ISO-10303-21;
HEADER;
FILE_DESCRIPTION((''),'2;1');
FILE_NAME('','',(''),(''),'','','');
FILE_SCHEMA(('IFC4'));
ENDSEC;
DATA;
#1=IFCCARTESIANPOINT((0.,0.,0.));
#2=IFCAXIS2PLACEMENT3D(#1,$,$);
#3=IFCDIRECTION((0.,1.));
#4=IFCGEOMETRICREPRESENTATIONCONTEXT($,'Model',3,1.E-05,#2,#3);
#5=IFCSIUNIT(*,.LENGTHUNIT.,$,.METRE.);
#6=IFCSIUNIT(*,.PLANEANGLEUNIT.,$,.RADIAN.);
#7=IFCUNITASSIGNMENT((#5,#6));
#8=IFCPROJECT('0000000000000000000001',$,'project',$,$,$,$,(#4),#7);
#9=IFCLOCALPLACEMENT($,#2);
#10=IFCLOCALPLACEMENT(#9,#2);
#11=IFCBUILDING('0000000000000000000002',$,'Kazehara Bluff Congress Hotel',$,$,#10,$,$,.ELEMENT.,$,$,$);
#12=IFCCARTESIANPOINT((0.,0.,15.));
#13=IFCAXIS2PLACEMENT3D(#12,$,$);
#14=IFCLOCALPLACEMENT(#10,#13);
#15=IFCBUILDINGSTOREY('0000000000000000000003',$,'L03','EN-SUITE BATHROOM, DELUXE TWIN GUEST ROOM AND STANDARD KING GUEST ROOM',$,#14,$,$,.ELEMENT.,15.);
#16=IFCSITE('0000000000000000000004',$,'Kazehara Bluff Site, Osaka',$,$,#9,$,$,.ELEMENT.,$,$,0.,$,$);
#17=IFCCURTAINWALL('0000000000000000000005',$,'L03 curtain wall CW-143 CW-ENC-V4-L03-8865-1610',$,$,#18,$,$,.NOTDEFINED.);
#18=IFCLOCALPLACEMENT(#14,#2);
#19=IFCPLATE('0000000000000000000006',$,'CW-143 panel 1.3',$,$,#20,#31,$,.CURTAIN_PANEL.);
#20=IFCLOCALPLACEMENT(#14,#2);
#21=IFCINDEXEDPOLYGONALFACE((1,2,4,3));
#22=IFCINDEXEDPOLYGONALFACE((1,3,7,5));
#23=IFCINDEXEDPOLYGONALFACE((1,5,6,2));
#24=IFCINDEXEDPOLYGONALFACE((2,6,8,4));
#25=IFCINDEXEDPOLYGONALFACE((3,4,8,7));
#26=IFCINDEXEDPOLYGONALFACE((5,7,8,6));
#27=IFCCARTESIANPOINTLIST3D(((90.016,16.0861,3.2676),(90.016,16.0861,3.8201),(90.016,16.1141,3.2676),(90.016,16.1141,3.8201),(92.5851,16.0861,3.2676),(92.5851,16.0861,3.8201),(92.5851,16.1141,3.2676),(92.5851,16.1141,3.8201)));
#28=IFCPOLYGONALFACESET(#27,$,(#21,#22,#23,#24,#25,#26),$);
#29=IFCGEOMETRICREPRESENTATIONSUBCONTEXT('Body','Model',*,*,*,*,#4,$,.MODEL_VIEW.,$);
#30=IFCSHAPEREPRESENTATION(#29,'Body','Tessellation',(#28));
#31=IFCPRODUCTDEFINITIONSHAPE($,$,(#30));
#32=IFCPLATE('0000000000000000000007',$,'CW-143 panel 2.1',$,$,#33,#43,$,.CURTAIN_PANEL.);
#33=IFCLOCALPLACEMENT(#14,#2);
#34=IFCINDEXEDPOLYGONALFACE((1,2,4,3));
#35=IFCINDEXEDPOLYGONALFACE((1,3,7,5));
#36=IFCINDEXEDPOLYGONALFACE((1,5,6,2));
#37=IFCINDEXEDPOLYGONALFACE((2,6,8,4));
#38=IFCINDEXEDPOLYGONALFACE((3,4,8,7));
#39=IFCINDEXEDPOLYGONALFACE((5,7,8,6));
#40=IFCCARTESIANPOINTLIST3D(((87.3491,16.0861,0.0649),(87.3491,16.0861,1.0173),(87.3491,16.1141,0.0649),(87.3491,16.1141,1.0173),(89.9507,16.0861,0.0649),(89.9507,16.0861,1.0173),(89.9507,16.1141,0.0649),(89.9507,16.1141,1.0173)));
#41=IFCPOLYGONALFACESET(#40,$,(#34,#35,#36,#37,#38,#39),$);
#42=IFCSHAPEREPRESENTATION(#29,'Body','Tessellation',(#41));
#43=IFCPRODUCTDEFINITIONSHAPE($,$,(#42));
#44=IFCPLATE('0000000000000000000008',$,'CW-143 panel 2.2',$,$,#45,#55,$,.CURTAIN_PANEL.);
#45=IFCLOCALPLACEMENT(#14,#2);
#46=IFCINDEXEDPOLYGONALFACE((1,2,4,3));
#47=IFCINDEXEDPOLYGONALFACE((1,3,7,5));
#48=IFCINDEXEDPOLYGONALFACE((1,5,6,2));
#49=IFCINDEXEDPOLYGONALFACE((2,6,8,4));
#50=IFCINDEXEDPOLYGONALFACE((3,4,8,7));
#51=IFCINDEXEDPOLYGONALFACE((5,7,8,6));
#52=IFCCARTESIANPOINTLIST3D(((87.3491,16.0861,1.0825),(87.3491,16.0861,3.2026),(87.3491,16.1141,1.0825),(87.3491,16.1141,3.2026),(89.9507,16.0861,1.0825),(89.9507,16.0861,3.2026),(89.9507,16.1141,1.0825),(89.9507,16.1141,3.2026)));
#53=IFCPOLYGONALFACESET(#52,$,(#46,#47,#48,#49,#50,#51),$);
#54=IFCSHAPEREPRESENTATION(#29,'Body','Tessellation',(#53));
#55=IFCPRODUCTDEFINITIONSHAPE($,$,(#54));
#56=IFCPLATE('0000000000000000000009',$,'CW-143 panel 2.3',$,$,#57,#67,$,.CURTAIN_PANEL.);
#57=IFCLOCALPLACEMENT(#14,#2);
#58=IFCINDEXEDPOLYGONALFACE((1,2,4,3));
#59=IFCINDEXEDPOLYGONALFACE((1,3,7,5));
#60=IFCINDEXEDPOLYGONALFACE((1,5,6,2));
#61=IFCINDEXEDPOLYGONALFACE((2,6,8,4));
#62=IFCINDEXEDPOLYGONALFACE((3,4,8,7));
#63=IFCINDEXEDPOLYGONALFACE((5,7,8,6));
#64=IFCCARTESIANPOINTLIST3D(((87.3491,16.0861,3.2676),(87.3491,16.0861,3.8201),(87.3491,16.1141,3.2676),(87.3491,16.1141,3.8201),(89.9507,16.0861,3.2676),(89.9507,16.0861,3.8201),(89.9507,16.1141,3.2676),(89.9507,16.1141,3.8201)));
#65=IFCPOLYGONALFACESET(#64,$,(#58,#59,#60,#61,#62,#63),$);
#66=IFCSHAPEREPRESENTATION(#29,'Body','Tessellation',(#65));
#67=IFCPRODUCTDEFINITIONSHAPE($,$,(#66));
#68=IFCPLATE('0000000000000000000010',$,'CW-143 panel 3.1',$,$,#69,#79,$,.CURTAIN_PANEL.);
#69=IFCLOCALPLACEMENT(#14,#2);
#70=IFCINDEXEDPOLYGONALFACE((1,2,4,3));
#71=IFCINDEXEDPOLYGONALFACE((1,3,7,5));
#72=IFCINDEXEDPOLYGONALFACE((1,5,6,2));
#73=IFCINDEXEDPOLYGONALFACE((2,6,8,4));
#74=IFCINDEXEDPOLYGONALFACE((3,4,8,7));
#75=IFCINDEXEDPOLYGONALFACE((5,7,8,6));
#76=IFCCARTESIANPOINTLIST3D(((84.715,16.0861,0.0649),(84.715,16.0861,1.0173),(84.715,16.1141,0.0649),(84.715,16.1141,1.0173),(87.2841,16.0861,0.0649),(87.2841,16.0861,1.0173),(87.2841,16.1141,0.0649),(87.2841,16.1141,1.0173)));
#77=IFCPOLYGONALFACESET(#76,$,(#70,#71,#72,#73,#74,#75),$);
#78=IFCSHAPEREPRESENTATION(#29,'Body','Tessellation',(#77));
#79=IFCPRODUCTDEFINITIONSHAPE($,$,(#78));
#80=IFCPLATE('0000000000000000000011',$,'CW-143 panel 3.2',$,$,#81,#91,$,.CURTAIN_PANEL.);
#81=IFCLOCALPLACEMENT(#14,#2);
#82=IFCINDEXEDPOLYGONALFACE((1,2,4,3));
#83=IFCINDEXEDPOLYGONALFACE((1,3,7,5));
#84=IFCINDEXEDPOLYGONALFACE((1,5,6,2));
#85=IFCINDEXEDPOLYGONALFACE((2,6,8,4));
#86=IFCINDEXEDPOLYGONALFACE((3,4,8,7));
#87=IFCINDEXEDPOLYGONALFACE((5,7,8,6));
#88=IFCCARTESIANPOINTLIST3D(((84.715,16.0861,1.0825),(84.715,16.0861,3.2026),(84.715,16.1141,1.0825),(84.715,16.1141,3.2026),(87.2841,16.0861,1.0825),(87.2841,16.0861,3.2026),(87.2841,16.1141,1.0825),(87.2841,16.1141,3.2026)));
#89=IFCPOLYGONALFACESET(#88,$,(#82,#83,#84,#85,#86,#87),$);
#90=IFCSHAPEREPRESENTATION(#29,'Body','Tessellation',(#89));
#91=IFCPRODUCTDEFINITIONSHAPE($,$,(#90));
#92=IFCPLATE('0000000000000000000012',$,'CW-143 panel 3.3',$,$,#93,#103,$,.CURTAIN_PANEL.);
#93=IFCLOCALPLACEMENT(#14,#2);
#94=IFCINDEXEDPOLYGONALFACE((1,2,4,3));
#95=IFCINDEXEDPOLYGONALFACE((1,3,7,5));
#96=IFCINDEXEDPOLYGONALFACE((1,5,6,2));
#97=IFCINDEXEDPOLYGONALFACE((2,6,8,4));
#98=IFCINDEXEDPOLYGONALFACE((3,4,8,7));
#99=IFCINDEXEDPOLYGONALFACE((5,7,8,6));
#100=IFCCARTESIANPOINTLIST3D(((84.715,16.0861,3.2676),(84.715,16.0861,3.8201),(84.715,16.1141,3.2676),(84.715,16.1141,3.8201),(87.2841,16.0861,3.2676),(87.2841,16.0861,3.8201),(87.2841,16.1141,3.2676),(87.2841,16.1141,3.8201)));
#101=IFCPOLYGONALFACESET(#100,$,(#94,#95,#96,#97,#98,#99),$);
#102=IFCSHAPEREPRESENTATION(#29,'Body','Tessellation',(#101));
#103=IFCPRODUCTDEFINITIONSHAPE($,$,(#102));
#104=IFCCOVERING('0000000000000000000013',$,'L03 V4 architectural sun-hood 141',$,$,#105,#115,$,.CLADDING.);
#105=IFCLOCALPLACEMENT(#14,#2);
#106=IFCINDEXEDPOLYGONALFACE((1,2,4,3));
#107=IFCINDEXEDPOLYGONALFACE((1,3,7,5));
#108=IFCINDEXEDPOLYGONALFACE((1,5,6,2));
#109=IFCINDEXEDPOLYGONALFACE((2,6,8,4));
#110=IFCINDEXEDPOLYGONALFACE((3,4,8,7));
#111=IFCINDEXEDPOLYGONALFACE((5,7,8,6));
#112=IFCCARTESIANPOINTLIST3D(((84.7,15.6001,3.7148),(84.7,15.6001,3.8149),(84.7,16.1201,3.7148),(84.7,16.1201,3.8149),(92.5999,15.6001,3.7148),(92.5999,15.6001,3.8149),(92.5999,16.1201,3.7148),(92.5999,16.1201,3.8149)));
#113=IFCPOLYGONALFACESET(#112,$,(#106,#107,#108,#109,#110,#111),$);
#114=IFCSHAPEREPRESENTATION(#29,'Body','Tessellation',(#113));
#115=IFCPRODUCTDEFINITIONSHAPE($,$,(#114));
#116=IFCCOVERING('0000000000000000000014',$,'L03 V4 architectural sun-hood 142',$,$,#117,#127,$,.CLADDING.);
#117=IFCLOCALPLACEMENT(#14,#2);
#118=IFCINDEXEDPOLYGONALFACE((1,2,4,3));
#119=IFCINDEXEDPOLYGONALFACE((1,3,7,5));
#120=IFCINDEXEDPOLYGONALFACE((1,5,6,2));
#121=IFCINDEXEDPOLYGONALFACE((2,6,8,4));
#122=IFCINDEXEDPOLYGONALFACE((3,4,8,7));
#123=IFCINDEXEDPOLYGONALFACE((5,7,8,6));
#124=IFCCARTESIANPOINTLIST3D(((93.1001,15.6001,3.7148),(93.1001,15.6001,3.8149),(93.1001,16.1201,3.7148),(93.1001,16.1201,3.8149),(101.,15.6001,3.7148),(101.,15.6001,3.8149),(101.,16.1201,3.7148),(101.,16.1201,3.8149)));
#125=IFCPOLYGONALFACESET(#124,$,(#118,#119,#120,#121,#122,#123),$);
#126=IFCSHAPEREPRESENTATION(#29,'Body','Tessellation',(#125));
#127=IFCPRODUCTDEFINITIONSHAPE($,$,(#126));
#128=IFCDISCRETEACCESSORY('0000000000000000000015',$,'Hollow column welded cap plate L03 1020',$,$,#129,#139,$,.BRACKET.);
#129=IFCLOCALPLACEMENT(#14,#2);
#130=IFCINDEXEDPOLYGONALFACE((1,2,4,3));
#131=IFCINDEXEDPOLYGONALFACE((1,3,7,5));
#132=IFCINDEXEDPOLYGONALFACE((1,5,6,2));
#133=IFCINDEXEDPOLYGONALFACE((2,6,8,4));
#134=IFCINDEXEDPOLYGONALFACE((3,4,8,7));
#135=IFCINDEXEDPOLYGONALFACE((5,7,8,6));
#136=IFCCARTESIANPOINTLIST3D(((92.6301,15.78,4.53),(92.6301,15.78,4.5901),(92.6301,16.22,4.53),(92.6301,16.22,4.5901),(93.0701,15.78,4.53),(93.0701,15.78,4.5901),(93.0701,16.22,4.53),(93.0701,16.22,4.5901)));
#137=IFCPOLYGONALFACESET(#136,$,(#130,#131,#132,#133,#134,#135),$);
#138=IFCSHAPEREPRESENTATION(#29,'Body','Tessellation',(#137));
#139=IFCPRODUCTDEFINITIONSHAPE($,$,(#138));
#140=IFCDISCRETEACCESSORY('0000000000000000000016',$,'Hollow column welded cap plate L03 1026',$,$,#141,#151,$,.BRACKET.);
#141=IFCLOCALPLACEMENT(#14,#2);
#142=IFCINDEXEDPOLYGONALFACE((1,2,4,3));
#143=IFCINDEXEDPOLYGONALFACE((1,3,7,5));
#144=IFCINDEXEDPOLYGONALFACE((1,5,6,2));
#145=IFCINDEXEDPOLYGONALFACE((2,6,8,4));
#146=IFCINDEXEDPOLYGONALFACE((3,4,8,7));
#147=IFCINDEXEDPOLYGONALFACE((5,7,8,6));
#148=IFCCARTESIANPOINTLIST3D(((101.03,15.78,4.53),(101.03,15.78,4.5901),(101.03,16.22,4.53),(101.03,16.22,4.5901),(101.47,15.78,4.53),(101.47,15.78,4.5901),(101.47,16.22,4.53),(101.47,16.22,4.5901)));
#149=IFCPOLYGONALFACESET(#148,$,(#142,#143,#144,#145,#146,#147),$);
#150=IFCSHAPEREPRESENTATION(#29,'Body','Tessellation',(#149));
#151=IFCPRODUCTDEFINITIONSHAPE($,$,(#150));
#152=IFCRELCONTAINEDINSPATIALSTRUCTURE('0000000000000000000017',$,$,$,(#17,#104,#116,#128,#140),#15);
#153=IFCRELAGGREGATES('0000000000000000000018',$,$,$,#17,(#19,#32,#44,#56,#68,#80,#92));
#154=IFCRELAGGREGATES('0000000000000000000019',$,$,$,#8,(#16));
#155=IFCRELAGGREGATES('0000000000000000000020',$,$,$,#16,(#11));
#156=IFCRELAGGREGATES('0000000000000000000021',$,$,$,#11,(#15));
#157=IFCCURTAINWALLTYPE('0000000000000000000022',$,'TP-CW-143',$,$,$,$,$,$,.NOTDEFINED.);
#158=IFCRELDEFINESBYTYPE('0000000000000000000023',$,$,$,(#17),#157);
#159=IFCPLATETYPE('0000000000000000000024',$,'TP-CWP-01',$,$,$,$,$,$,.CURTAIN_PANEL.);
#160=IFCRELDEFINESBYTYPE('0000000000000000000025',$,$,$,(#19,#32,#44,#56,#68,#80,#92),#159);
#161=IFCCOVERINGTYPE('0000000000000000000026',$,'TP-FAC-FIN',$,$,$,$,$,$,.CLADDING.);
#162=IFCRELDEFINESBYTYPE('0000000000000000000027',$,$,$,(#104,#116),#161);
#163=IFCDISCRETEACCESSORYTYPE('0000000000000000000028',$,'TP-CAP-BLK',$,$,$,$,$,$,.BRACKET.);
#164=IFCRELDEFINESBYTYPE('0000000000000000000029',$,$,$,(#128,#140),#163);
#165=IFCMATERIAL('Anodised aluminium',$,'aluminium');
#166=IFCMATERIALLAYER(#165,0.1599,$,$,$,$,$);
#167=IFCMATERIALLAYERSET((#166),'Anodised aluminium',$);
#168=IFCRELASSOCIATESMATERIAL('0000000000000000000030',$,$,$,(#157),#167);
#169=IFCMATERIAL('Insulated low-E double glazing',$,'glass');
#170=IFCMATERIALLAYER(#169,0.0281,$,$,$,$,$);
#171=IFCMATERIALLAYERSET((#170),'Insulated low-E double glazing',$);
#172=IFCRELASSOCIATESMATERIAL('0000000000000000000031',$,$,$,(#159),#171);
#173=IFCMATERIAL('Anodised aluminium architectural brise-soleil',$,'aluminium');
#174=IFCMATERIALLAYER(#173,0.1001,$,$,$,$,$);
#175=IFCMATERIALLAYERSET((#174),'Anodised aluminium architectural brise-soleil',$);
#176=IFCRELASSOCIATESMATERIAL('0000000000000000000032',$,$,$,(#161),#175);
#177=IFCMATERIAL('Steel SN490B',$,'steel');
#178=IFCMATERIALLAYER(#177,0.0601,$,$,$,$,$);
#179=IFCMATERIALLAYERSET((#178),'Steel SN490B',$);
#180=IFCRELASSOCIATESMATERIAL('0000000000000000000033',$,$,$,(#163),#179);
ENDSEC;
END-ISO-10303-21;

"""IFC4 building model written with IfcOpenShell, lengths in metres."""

from ifc_helpers import new_model, si_unit, direction, frame, origin, origin_2d, place, context, subcontext, project, spatial, rectangle, extrude, material, layer, layer_set, type_object, element, aggregate, save


model = new_model("IFC4")

# Units and contexts
model_context = context("Model", 3, precision=1e-05, world=origin(), true_north=direction((0.0, 1.0)))
body_context = subcontext(model_context, "Body", "Model", "MODEL_VIEW")
ifc_project = project(units=[si_unit("LENGTHUNIT", "METRE"), si_unit("PLANEANGLEUNIT", "RADIAN")], contexts=[model_context])

# Site, building, storey
site_placement = place(None, origin())
site = spatial("IfcSite", under=ifc_project, at=site_placement, Name="Kazehara Bluff Site, Osaka", CompositionType="ELEMENT", RefElevation=0.0)
building_placement = place(site_placement, origin())
building = spatial("IfcBuilding", under=site, at=building_placement, Name="Kazehara Bluff Congress Hotel", CompositionType="ELEMENT")
storey_placement = place(building_placement, frame((0.0, 0.0, 15.0)))
storey = spatial("IfcBuildingStorey", under=building, at=storey_placement, Name="L03", Description="EN-SUITE BATHROOM, DELUXE TWIN GUEST ROOM AND STANDARD KING GUEST ROOM", CompositionType="ELEMENT", Elevation=15.0)

# Curtain wall
ifc_material_1 = material(Name="Anodised aluminium", Category="aluminium")
ifc_layer_1 = layer(ifc_material_1, 0.1599)
ifc_layer_set_1 = layer_set([ifc_layer_1], Name="Anodised aluminium")
curtain_wall_type = type_object("IfcCurtainWallType", Name="TP-CW-143", PredefinedType="NOTDEFINED", material=ifc_layer_set_1)
curtain_wall_placement = place(storey_placement, origin())
curtain_wall = element("IfcCurtainWall", 1, at=curtain_wall_placement, inside=storey, type_object=curtain_wall_type, Name="L03 curtain wall CW-143 CW-ENC-V4-L03-8865-1610", PredefinedType="NOTDEFINED")

# Plates
ifc_material_2 = material(Name="Insulated low-E double glazing", Category="glass")
ifc_layer_2 = layer(ifc_material_2, 0.0281)
ifc_layer_set_2 = layer_set([ifc_layer_2], Name="Insulated low-E double glazing")
plate_type = type_object("IfcPlateType", Name="TP-CWP-01", PredefinedType="CURTAIN_PANEL", material=ifc_layer_set_2)
plate_1_placement = place(storey_placement, frame((91.3005, 16.1001, 3.2676), z_axis=(0.0, 0.0, 1.0), x_axis=(-1.0, 0.0, 0.0)))
plate_1 = element("IfcPlate", 2, at=plate_1_placement, type_object=plate_type, Name="CW-143 panel 1.3", PredefinedType="CURTAIN_PANEL", context=body_context, shape_type="SweptSolid", body=[
    extrude(rectangle(XDim=2.5691, YDim=0.0281, at=origin_2d()), origin(), (0.0, 0.0, 1.0), 0.5525),
])
plate_2_placement = place(storey_placement, frame((88.6499, 16.1001, 0.0649), z_axis=(0.0, 0.0, 1.0), x_axis=(-1.0, 0.0, 0.0)))
plate_2 = element("IfcPlate", 3, at=plate_2_placement, type_object=plate_type, Name="CW-143 panel 2.1", PredefinedType="CURTAIN_PANEL", context=body_context, shape_type="SweptSolid", body=[
    extrude(rectangle(XDim=2.6016, YDim=0.0281, at=origin_2d()), origin(), (0.0, 0.0, 1.0), 0.9524),
])
plate_3_placement = place(storey_placement, frame((88.6499, 16.1001, 1.0825), z_axis=(0.0, 0.0, 1.0), x_axis=(-1.0, 0.0, 0.0)))
plate_3 = element("IfcPlate", 4, at=plate_3_placement, type_object=plate_type, Name="CW-143 panel 2.2", PredefinedType="CURTAIN_PANEL", context=body_context, shape_type="SweptSolid", body=[
    extrude(rectangle(XDim=2.6016, YDim=0.0281, at=origin_2d()), origin(), (0.0, 0.0, 1.0), 2.1201),
])
plate_4_placement = place(storey_placement, frame((88.6499, 16.1001, 3.2676), z_axis=(0.0, 0.0, 1.0), x_axis=(-1.0, 0.0, 0.0)))
plate_4 = element("IfcPlate", 5, at=plate_4_placement, type_object=plate_type, Name="CW-143 panel 2.3", PredefinedType="CURTAIN_PANEL", context=body_context, shape_type="SweptSolid", body=[
    extrude(rectangle(XDim=2.6016, YDim=0.0281, at=origin_2d()), origin(), (0.0, 0.0, 1.0), 0.5525),
])
plate_5_placement = place(storey_placement, frame((85.9995, 16.1001, 0.0649), z_axis=(0.0, 0.0, 1.0), x_axis=(-1.0, 0.0, 0.0)))
plate_5 = element("IfcPlate", 6, at=plate_5_placement, type_object=plate_type, Name="CW-143 panel 3.1", PredefinedType="CURTAIN_PANEL", context=body_context, shape_type="SweptSolid", body=[
    extrude(rectangle(XDim=2.5691, YDim=0.0281, at=origin_2d()), origin(), (0.0, 0.0, 1.0), 0.9524),
])
plate_6_placement = place(storey_placement, frame((85.9995, 16.1001, 1.0825), z_axis=(0.0, 0.0, 1.0), x_axis=(-1.0, 0.0, 0.0)))
plate_6 = element("IfcPlate", 7, at=plate_6_placement, type_object=plate_type, Name="CW-143 panel 3.2", PredefinedType="CURTAIN_PANEL", context=body_context, shape_type="SweptSolid", body=[
    extrude(rectangle(XDim=2.5691, YDim=0.0281, at=origin_2d()), origin(), (0.0, 0.0, 1.0), 2.1201),
])
plate_7_placement = place(storey_placement, frame((85.9995, 16.1001, 3.2676), z_axis=(0.0, 0.0, 1.0), x_axis=(-1.0, 0.0, 0.0)))
plate_7 = element("IfcPlate", 8, at=plate_7_placement, type_object=plate_type, Name="CW-143 panel 3.3", PredefinedType="CURTAIN_PANEL", context=body_context, shape_type="SweptSolid", body=[
    extrude(rectangle(XDim=2.5691, YDim=0.0281, at=origin_2d()), origin(), (0.0, 0.0, 1.0), 0.5525),
])
aggregate(curtain_wall, [plate_1, plate_2, plate_3, plate_4, plate_5, plate_6, plate_7])

# Coverings
ifc_material_3 = material(Name="Anodised aluminium architectural brise-soleil", Category="aluminium")
ifc_layer_3 = layer(ifc_material_3, 0.1001)
ifc_layer_set_3 = layer_set([ifc_layer_3], Name="Anodised aluminium architectural brise-soleil")
covering_type = type_object("IfcCoveringType", Name="TP-FAC-FIN", PredefinedType="CLADDING", material=ifc_layer_set_3)
for number, where, z_axis, x_axis, name in (
    (9, (88.6499, 15.8601, 3.7148), (0.0, 0.0, 1.0), (1.0, 0.0, 0.0), "L03 V4 architectural sun-hood 141"),
    (10, (97.05, 15.8601, 3.7148), (0.0, 0.0, 1.0), (1.0, 0.0, 0.0), "L03 V4 architectural sun-hood 142"),
):
    element("IfcCovering", number, at=place(storey_placement, frame(where, z_axis=z_axis, x_axis=x_axis)), inside=storey, type_object=covering_type, Name=name, PredefinedType="CLADDING", context=body_context, shape_type="SweptSolid", body=[
        extrude(rectangle(XDim=7.8999, YDim=0.52, at=origin_2d()), origin(), (0.0, 0.0, 1.0), 0.1001),
    ])

# Discrete accessories
ifc_material_4 = material(Name="Steel SN490B", Category="steel")
ifc_layer_4 = layer(ifc_material_4, 0.0601)
ifc_layer_set_4 = layer_set([ifc_layer_4], Name="Steel SN490B")
discrete_accessory_type = type_object("IfcDiscreteAccessoryType", Name="TP-CAP-BLK", PredefinedType="BRACKET", material=ifc_layer_set_4)
for number, where, z_axis, x_axis, name in (
    (11, (92.8501, 16.0, 4.53), (0.0, 0.0, 1.0), (1.0, 0.0, 0.0), "Hollow column welded cap plate L03 1020"),
    (12, (101.25, 16.0, 4.53), (0.0, 0.0, 1.0), (1.0, 0.0, 0.0), "Hollow column welded cap plate L03 1026"),
):
    element("IfcDiscreteAccessory", number, at=place(storey_placement, frame(where, z_axis=z_axis, x_axis=x_axis)), inside=storey, type_object=discrete_accessory_type, Name=name, PredefinedType="BRACKET", context=body_context, shape_type="SweptSolid", body=[
        extrude(rectangle(XDim=0.4399, YDim=0.4399, at=origin_2d()), origin(), (0.0, 0.0, 1.0), 0.0601),
    ])

save(model, "model.ifc")
